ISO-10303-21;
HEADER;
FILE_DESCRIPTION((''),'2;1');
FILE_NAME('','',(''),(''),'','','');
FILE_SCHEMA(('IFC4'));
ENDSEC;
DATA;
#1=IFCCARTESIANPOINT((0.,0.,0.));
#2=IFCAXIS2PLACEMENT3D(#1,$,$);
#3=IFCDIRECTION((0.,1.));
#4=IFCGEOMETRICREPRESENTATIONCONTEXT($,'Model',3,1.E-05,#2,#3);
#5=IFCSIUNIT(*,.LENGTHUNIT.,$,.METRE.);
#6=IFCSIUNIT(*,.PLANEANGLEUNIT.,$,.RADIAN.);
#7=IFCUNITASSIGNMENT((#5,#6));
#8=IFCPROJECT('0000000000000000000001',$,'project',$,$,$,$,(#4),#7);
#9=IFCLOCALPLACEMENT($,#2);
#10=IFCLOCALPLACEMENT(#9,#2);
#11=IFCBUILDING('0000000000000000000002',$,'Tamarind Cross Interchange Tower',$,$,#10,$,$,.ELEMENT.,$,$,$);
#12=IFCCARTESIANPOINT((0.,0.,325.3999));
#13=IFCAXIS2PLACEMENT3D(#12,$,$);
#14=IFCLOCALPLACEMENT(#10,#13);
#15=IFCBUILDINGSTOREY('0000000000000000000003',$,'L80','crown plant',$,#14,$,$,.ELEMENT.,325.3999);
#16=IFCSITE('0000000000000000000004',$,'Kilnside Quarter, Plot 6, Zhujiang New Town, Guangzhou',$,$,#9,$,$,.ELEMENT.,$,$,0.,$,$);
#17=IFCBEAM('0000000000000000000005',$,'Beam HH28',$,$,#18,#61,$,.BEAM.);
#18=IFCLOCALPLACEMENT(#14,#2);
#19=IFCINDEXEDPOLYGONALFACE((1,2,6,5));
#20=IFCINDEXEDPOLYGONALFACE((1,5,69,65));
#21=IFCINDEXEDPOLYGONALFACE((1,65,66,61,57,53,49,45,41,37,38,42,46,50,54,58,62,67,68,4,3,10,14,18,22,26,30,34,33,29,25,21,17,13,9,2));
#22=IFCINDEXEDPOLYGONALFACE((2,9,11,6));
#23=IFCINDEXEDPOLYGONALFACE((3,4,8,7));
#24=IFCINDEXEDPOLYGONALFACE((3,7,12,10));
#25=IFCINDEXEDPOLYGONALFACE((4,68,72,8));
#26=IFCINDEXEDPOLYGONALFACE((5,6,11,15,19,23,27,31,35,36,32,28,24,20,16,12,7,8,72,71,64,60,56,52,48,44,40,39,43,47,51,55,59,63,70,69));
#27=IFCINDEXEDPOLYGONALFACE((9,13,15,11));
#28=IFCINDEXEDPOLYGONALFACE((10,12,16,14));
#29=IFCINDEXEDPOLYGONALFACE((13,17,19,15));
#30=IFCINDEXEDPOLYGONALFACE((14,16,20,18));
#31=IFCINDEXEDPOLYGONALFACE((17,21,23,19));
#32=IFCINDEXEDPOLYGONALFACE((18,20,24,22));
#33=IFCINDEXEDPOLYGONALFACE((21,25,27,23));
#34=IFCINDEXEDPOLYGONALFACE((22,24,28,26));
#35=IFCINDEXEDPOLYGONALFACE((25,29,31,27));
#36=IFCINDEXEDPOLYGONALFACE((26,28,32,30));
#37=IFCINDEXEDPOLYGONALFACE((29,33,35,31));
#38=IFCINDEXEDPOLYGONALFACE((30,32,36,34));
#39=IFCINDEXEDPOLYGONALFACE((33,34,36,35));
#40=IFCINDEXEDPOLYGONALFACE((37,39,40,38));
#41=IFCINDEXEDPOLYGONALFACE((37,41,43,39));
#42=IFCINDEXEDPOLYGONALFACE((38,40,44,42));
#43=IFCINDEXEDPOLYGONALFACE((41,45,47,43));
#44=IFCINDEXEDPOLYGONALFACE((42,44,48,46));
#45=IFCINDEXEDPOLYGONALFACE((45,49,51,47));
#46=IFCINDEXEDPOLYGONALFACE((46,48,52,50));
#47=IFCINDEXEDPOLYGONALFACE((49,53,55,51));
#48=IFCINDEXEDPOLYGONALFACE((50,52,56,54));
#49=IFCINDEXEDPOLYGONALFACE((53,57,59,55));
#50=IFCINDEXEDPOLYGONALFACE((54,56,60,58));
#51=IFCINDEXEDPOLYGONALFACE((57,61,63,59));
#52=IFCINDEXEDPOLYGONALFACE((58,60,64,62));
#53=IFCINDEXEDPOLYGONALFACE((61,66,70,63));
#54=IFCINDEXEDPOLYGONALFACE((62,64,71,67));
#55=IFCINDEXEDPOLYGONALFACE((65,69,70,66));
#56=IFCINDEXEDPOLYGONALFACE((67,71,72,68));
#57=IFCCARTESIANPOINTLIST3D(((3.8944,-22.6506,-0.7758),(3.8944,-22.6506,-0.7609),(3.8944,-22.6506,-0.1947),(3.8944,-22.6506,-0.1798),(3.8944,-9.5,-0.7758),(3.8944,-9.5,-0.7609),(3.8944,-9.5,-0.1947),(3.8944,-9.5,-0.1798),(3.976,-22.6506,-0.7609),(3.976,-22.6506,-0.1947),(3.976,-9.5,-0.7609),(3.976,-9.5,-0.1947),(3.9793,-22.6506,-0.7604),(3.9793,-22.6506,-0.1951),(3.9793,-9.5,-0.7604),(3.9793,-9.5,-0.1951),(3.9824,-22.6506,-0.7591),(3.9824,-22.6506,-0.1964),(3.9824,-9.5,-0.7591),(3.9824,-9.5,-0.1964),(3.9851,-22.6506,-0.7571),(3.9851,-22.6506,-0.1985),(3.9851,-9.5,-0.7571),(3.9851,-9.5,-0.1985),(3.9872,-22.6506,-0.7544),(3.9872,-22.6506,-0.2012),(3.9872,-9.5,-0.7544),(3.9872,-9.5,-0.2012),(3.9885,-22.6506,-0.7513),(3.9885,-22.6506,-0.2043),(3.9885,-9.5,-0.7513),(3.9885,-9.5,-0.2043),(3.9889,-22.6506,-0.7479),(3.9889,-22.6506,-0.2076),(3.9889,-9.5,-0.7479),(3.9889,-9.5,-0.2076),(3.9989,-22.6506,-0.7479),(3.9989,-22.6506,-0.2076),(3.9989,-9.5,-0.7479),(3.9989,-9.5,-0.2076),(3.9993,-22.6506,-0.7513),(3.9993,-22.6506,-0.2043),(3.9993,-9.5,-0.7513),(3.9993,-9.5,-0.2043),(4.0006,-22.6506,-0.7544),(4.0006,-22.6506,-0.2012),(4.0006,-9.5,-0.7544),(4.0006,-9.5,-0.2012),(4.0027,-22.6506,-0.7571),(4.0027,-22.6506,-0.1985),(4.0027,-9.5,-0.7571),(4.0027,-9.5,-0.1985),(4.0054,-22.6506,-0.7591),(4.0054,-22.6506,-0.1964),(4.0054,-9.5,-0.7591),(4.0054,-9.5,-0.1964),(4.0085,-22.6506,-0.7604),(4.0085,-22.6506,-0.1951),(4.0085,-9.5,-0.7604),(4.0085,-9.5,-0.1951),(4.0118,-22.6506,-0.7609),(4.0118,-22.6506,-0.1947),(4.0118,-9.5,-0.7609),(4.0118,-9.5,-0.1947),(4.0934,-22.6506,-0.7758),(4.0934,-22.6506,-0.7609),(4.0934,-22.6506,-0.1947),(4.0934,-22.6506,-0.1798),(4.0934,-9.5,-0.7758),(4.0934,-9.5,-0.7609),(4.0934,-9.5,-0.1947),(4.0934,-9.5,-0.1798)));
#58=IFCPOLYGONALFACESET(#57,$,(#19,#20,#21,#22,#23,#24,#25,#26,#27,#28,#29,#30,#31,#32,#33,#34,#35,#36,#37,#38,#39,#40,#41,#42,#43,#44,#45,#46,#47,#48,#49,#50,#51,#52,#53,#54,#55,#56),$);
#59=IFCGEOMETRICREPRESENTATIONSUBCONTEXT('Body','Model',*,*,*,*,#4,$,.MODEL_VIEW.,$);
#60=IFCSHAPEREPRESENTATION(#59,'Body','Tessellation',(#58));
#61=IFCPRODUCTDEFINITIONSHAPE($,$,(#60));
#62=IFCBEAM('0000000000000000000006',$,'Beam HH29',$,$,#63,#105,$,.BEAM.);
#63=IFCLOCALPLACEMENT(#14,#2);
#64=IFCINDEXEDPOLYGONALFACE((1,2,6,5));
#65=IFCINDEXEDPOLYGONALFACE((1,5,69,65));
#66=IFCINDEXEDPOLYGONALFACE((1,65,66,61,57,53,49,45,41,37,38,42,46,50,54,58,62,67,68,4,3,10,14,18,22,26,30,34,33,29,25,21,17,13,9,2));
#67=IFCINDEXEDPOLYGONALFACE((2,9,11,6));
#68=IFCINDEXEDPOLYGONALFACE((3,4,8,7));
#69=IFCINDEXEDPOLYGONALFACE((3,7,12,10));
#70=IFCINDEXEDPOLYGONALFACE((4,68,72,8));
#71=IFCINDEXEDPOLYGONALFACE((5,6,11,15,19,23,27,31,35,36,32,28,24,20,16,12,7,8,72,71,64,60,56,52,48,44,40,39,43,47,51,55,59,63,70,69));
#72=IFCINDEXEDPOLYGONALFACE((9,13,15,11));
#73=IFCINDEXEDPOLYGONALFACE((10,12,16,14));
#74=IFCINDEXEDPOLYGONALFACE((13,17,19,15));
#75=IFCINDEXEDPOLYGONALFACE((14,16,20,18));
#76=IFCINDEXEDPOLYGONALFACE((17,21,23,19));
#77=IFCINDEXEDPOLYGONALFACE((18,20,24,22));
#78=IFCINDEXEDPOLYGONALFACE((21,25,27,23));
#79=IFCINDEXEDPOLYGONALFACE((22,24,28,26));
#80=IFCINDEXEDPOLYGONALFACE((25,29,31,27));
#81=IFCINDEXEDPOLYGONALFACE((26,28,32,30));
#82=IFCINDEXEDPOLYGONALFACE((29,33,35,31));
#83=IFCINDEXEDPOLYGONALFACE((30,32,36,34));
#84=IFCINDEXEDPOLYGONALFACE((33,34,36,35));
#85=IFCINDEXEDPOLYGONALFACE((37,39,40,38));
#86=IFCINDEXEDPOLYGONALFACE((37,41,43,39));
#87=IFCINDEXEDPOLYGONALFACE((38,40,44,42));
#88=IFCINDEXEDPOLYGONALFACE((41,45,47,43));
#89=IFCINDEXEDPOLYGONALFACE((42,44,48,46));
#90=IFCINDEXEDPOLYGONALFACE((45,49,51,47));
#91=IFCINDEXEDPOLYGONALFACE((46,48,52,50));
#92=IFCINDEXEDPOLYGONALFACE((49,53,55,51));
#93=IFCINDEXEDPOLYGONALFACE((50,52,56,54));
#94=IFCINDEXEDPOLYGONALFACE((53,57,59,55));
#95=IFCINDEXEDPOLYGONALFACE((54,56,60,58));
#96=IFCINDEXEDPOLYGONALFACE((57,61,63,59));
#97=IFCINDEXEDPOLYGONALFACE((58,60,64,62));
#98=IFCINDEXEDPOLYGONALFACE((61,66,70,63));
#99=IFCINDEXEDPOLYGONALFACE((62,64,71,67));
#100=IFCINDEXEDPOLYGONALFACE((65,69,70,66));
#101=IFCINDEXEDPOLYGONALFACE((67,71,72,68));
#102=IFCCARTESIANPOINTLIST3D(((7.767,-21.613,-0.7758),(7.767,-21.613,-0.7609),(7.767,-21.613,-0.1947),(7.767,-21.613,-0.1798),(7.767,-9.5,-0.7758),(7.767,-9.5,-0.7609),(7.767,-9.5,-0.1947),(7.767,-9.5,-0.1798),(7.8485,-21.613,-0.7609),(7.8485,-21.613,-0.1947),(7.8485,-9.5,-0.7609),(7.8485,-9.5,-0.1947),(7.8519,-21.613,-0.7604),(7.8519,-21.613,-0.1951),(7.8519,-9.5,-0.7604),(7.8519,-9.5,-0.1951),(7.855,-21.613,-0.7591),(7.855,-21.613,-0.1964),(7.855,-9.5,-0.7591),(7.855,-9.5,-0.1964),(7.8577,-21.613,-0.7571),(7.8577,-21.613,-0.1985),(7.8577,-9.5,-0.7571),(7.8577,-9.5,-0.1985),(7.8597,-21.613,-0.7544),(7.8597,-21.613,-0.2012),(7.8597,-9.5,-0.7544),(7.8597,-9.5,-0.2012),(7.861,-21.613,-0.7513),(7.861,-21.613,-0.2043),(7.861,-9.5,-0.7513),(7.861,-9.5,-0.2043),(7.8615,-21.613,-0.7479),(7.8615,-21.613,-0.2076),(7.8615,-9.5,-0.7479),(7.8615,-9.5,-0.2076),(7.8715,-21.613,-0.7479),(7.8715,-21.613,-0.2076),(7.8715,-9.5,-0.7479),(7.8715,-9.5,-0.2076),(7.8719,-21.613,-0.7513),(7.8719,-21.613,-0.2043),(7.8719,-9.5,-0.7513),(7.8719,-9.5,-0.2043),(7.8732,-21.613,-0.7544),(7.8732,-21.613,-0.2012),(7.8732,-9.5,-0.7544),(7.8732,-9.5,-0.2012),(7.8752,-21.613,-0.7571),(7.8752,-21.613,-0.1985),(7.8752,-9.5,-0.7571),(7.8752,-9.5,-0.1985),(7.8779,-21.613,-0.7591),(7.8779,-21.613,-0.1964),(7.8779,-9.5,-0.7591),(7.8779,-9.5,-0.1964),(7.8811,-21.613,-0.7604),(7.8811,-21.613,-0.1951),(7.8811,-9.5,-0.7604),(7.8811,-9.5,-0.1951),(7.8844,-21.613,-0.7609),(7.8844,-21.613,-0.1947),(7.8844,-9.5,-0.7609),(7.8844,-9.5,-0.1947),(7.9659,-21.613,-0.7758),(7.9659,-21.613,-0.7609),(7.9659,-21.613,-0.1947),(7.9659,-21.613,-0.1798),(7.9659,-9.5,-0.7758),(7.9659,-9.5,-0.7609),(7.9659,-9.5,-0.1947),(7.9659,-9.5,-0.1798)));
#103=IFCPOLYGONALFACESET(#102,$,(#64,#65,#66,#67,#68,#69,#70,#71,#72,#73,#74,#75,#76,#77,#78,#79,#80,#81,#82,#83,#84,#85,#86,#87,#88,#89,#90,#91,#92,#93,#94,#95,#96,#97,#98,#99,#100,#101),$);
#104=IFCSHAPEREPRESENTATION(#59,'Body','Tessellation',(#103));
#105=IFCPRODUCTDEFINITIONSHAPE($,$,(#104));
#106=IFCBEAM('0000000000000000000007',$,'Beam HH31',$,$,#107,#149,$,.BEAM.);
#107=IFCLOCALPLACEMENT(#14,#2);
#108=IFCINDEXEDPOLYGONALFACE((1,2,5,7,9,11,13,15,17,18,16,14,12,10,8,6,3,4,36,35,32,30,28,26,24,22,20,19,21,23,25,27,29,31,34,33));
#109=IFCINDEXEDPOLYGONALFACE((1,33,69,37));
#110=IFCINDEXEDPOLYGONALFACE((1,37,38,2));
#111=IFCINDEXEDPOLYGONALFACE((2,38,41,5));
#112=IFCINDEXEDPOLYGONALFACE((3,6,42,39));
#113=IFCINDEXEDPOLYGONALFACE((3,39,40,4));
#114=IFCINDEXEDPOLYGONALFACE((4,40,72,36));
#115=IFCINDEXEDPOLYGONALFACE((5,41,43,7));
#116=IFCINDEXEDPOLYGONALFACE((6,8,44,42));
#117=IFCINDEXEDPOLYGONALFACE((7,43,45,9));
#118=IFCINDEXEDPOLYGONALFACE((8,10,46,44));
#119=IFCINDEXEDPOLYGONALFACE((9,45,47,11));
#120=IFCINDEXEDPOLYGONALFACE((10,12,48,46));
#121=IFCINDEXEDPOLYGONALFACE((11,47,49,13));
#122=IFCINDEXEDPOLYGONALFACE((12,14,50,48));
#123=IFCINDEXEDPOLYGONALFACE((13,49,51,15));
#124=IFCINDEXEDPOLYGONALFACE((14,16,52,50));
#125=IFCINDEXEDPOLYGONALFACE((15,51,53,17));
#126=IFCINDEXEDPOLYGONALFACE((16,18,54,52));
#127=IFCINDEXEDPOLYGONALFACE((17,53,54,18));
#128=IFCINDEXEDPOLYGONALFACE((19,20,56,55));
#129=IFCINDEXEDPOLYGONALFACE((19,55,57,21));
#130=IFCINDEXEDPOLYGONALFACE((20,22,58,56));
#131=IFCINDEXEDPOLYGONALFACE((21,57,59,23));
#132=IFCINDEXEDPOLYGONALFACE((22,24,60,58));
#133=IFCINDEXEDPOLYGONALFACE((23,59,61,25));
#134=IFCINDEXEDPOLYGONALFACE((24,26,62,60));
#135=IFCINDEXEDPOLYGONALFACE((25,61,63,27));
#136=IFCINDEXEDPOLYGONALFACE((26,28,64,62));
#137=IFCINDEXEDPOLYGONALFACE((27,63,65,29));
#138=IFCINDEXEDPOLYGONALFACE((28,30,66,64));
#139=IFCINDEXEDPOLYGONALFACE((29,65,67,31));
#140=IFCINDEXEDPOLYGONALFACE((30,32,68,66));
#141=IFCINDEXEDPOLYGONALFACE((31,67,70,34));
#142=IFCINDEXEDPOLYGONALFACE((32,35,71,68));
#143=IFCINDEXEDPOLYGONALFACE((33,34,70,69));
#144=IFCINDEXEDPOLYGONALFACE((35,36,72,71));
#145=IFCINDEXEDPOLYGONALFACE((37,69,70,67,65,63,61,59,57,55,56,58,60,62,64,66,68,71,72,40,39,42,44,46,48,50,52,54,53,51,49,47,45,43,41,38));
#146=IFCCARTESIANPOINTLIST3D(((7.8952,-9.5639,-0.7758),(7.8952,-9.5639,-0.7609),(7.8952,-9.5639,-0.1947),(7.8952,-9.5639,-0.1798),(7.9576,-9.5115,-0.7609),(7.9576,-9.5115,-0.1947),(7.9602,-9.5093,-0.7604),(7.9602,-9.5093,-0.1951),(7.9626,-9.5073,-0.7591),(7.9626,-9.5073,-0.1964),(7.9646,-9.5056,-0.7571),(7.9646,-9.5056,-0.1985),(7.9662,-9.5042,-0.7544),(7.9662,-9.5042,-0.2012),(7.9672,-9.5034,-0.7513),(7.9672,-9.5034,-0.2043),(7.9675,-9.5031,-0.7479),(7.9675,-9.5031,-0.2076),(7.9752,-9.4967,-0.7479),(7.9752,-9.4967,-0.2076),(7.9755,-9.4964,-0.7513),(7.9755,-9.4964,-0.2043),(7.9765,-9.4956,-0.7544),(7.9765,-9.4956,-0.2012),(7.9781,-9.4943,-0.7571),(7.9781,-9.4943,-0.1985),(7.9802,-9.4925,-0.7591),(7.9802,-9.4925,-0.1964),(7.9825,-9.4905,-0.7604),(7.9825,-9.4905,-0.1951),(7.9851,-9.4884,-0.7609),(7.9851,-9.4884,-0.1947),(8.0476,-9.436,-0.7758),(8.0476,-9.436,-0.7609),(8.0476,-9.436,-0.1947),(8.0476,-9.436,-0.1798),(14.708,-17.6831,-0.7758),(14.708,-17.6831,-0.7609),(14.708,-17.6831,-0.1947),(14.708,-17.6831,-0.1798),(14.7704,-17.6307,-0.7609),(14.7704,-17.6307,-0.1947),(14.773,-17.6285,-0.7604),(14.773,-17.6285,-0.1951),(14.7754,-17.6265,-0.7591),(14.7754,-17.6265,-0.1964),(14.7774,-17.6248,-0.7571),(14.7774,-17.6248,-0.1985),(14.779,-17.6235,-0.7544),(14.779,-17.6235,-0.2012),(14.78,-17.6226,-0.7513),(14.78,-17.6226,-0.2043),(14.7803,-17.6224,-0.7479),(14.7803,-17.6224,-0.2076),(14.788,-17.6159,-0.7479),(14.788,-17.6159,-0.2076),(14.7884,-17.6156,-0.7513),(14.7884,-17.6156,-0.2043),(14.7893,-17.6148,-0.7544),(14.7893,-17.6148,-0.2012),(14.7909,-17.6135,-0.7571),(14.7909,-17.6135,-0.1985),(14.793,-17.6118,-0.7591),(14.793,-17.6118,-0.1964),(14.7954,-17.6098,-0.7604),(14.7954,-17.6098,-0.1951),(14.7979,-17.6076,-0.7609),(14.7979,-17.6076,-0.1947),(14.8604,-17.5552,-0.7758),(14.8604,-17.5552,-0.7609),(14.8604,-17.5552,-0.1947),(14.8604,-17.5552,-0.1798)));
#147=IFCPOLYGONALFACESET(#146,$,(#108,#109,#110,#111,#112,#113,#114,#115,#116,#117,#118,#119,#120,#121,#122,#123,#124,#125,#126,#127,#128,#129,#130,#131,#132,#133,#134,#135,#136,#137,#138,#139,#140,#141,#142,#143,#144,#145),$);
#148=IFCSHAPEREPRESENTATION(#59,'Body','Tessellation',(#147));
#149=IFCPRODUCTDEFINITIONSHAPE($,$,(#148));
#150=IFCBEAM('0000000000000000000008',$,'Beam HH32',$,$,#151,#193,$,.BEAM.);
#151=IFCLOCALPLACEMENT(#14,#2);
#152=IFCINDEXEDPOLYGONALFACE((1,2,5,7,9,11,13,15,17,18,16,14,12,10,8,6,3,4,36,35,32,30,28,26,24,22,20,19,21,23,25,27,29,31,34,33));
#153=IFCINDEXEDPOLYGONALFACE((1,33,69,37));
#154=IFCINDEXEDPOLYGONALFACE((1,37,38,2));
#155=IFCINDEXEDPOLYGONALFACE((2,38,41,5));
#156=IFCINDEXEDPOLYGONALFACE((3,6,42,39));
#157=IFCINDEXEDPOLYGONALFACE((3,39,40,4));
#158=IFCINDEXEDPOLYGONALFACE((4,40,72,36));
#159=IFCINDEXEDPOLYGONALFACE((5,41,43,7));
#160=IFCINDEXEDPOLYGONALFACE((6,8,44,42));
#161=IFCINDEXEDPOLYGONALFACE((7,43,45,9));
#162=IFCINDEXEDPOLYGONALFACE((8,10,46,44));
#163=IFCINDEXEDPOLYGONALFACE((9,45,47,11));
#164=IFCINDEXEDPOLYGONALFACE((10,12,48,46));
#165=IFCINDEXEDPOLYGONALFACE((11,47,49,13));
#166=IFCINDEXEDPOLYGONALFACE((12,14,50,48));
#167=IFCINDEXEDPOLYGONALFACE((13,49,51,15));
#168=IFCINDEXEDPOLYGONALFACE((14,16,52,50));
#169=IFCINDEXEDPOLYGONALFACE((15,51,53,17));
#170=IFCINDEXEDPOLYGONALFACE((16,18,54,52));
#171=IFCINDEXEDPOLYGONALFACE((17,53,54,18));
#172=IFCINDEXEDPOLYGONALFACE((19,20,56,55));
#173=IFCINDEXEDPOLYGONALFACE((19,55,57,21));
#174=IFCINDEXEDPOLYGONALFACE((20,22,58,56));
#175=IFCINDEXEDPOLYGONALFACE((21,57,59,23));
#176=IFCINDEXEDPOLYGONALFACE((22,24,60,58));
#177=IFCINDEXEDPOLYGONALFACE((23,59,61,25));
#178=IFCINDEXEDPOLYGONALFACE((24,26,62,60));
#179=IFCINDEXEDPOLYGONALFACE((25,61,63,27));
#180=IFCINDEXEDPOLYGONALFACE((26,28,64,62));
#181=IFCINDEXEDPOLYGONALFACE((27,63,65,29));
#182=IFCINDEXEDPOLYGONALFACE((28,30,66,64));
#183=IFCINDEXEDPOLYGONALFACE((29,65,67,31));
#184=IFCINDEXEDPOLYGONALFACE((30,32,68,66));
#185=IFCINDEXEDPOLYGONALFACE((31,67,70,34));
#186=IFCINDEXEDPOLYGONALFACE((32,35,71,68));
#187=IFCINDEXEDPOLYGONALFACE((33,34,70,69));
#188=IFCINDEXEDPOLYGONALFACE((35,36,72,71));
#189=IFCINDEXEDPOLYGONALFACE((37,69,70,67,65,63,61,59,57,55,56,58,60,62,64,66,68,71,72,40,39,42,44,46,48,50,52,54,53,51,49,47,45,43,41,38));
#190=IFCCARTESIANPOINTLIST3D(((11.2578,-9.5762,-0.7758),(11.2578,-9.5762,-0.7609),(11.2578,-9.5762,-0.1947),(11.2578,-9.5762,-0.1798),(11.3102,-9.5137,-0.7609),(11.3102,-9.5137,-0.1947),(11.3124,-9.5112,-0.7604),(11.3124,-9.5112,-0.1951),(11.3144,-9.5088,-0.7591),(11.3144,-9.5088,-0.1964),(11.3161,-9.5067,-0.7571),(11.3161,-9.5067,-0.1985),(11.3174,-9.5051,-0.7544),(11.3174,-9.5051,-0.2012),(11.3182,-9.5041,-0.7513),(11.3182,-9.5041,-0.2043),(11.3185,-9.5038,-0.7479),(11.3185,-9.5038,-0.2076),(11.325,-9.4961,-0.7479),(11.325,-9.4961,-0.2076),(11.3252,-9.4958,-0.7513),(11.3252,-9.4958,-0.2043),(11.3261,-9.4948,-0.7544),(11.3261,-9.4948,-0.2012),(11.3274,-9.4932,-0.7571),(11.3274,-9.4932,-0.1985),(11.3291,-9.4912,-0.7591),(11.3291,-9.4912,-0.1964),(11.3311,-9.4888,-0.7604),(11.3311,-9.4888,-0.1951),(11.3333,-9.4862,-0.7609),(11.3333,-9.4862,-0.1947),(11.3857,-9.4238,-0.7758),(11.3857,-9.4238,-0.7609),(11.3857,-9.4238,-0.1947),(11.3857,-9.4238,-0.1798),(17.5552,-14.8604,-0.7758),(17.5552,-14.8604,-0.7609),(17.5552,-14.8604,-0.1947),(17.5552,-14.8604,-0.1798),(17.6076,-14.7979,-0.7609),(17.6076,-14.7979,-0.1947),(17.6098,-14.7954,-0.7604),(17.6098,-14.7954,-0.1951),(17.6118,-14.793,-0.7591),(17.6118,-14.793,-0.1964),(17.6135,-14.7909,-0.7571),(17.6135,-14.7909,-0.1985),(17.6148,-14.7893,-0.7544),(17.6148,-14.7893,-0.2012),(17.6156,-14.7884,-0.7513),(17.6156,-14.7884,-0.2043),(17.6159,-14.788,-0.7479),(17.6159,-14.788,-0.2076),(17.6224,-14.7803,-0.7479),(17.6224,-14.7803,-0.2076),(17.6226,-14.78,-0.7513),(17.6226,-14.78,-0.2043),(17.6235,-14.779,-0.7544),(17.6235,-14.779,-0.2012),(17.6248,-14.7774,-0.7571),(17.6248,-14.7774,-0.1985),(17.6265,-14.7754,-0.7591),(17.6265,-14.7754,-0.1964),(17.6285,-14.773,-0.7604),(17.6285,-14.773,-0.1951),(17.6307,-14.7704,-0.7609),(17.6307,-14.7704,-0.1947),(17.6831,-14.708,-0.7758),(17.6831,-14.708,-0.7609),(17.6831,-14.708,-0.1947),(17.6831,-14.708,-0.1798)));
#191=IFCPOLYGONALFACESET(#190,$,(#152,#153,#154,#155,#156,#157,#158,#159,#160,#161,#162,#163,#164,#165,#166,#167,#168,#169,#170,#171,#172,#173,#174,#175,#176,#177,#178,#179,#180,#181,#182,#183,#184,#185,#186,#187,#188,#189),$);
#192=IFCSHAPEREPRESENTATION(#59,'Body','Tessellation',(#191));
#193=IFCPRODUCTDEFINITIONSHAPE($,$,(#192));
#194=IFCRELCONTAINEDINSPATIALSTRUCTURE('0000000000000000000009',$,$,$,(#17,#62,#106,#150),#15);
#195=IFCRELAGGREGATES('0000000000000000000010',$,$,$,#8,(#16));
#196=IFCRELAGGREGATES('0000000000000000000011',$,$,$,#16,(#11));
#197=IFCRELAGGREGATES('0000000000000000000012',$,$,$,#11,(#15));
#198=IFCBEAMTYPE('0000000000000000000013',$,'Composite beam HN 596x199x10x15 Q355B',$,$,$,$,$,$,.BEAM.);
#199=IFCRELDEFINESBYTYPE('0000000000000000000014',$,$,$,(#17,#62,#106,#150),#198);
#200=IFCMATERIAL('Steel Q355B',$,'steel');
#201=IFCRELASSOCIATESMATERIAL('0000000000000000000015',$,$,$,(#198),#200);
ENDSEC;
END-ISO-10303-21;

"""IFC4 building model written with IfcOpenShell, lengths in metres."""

from ifc_helpers import new_model, si_unit, direction, frame, origin, origin_2d, place, context, subcontext, project, spatial, i_section, extrude, material, material_profile, profile_set, type_object, element, save


model = new_model("IFC4")

# Units and contexts
model_context = context("Model", 3, precision=1e-05, world=origin(), true_north=direction((0.0, 1.0)))
body_context = subcontext(model_context, "Body", "Model", "MODEL_VIEW")
ifc_project = project(units=[si_unit("LENGTHUNIT", "METRE"), si_unit("PLANEANGLEUNIT", "RADIAN")], contexts=[model_context])

# Site, building, storey
site_placement = place(None, origin())
site = spatial("IfcSite", under=ifc_project, at=site_placement, Name="Kilnside Quarter, Plot 6, Zhujiang New Town, Guangzhou", CompositionType="ELEMENT", RefElevation=0.0)
building_placement = place(site_placement, origin())
building = spatial("IfcBuilding", under=site, at=building_placement, Name="Tamarind Cross Interchange Tower", CompositionType="ELEMENT")
storey_placement = place(building_placement, frame((0.0, 0.0, 325.3999)))
storey = spatial("IfcBuildingStorey", under=building, at=storey_placement, Name="L80", Description="crown plant", CompositionType="ELEMENT", Elevation=325.3999)

# Beams
ifc_material_1 = material(Name="Steel Q355B", Category="steel")
ifc_material_profile_1 = material_profile(ifc_material_1, i_section(OverallWidth=0.199, OverallDepth=0.5959, WebThickness=0.01, FlangeThickness=0.0149, FilletRadius=0.0129, at=origin_2d()), Name="HN 596x199x10x15")
ifc_profile_set_1 = profile_set([ifc_material_profile_1], Name="Steel Q355B")
beam_type = type_object("IfcBeamType", Name="Composite beam HN 596x199x10x15 Q355B", PredefinedType="BEAM", material=ifc_profile_set_1)
beam_1_placement = place(storey_placement, frame((3.9939, -22.6506, -0.4778), z_axis=(0.0, 1.0, 0.0), x_axis=(-1.0, 0.0, 0.0)))
element("IfcBeam", 1, at=beam_1_placement, inside=storey, type_object=beam_type, Name="Beam HH28", PredefinedType="BEAM", context=body_context, shape_type="SweptSolid", body=[
    extrude(i_section(OverallWidth=0.199, OverallDepth=0.5959, WebThickness=0.01, FlangeThickness=0.0149, FilletRadius=0.0129, at=origin_2d()), origin(), (0.0, 0.0, 1.0), 13.1506),
])
beam_2_placement = place(storey_placement, frame((7.8665, -21.613, -0.4778), z_axis=(0.0, 1.0, 0.0), x_axis=(-1.0, 0.0, 0.0)))
element("IfcBeam", 2, at=beam_2_placement, inside=storey, type_object=beam_type, Name="Beam HH29", PredefinedType="BEAM", context=body_context, shape_type="SweptSolid", body=[
    extrude(i_section(OverallWidth=0.199, OverallDepth=0.5959, WebThickness=0.01, FlangeThickness=0.0149, FilletRadius=0.0129, at=origin_2d()), origin(), (0.0, 0.0, 1.0), 12.113),
])
beam_3_placement = place(storey_placement, frame((14.7842, -17.6191, -0.4778), z_axis=(-0.642786, 0.766046, 0.0), x_axis=(-0.766046, -0.642786, 0.0)))
element("IfcBeam", 3, at=beam_3_placement, inside=storey, type_object=beam_type, Name="Beam HH31", PredefinedType="BEAM", context=body_context, shape_type="SweptSolid", body=[
    extrude(i_section(OverallWidth=0.199, OverallDepth=0.5959, WebThickness=0.01, FlangeThickness=0.0149, FilletRadius=0.0129, at=origin_2d()), origin(), (0.0, 0.0, 1.0), 10.5989),
])
beam_4_placement = place(storey_placement, frame((17.6191, -14.7842, -0.4778), z_axis=(-0.766041, 0.642792, 0.0), x_axis=(-0.642792, -0.766041, 0.0)))
element("IfcBeam", 4, at=beam_4_placement, inside=storey, type_object=beam_type, Name="Beam HH32", PredefinedType="BEAM", context=body_context, shape_type="SweptSolid", body=[
    extrude(i_section(OverallWidth=0.199, OverallDepth=0.5959, WebThickness=0.01, FlangeThickness=0.0149, FilletRadius=0.0129, at=origin_2d()), origin(), (0.0, 0.0, 1.0), 8.2207),
])

save(model, "model.ifc")
